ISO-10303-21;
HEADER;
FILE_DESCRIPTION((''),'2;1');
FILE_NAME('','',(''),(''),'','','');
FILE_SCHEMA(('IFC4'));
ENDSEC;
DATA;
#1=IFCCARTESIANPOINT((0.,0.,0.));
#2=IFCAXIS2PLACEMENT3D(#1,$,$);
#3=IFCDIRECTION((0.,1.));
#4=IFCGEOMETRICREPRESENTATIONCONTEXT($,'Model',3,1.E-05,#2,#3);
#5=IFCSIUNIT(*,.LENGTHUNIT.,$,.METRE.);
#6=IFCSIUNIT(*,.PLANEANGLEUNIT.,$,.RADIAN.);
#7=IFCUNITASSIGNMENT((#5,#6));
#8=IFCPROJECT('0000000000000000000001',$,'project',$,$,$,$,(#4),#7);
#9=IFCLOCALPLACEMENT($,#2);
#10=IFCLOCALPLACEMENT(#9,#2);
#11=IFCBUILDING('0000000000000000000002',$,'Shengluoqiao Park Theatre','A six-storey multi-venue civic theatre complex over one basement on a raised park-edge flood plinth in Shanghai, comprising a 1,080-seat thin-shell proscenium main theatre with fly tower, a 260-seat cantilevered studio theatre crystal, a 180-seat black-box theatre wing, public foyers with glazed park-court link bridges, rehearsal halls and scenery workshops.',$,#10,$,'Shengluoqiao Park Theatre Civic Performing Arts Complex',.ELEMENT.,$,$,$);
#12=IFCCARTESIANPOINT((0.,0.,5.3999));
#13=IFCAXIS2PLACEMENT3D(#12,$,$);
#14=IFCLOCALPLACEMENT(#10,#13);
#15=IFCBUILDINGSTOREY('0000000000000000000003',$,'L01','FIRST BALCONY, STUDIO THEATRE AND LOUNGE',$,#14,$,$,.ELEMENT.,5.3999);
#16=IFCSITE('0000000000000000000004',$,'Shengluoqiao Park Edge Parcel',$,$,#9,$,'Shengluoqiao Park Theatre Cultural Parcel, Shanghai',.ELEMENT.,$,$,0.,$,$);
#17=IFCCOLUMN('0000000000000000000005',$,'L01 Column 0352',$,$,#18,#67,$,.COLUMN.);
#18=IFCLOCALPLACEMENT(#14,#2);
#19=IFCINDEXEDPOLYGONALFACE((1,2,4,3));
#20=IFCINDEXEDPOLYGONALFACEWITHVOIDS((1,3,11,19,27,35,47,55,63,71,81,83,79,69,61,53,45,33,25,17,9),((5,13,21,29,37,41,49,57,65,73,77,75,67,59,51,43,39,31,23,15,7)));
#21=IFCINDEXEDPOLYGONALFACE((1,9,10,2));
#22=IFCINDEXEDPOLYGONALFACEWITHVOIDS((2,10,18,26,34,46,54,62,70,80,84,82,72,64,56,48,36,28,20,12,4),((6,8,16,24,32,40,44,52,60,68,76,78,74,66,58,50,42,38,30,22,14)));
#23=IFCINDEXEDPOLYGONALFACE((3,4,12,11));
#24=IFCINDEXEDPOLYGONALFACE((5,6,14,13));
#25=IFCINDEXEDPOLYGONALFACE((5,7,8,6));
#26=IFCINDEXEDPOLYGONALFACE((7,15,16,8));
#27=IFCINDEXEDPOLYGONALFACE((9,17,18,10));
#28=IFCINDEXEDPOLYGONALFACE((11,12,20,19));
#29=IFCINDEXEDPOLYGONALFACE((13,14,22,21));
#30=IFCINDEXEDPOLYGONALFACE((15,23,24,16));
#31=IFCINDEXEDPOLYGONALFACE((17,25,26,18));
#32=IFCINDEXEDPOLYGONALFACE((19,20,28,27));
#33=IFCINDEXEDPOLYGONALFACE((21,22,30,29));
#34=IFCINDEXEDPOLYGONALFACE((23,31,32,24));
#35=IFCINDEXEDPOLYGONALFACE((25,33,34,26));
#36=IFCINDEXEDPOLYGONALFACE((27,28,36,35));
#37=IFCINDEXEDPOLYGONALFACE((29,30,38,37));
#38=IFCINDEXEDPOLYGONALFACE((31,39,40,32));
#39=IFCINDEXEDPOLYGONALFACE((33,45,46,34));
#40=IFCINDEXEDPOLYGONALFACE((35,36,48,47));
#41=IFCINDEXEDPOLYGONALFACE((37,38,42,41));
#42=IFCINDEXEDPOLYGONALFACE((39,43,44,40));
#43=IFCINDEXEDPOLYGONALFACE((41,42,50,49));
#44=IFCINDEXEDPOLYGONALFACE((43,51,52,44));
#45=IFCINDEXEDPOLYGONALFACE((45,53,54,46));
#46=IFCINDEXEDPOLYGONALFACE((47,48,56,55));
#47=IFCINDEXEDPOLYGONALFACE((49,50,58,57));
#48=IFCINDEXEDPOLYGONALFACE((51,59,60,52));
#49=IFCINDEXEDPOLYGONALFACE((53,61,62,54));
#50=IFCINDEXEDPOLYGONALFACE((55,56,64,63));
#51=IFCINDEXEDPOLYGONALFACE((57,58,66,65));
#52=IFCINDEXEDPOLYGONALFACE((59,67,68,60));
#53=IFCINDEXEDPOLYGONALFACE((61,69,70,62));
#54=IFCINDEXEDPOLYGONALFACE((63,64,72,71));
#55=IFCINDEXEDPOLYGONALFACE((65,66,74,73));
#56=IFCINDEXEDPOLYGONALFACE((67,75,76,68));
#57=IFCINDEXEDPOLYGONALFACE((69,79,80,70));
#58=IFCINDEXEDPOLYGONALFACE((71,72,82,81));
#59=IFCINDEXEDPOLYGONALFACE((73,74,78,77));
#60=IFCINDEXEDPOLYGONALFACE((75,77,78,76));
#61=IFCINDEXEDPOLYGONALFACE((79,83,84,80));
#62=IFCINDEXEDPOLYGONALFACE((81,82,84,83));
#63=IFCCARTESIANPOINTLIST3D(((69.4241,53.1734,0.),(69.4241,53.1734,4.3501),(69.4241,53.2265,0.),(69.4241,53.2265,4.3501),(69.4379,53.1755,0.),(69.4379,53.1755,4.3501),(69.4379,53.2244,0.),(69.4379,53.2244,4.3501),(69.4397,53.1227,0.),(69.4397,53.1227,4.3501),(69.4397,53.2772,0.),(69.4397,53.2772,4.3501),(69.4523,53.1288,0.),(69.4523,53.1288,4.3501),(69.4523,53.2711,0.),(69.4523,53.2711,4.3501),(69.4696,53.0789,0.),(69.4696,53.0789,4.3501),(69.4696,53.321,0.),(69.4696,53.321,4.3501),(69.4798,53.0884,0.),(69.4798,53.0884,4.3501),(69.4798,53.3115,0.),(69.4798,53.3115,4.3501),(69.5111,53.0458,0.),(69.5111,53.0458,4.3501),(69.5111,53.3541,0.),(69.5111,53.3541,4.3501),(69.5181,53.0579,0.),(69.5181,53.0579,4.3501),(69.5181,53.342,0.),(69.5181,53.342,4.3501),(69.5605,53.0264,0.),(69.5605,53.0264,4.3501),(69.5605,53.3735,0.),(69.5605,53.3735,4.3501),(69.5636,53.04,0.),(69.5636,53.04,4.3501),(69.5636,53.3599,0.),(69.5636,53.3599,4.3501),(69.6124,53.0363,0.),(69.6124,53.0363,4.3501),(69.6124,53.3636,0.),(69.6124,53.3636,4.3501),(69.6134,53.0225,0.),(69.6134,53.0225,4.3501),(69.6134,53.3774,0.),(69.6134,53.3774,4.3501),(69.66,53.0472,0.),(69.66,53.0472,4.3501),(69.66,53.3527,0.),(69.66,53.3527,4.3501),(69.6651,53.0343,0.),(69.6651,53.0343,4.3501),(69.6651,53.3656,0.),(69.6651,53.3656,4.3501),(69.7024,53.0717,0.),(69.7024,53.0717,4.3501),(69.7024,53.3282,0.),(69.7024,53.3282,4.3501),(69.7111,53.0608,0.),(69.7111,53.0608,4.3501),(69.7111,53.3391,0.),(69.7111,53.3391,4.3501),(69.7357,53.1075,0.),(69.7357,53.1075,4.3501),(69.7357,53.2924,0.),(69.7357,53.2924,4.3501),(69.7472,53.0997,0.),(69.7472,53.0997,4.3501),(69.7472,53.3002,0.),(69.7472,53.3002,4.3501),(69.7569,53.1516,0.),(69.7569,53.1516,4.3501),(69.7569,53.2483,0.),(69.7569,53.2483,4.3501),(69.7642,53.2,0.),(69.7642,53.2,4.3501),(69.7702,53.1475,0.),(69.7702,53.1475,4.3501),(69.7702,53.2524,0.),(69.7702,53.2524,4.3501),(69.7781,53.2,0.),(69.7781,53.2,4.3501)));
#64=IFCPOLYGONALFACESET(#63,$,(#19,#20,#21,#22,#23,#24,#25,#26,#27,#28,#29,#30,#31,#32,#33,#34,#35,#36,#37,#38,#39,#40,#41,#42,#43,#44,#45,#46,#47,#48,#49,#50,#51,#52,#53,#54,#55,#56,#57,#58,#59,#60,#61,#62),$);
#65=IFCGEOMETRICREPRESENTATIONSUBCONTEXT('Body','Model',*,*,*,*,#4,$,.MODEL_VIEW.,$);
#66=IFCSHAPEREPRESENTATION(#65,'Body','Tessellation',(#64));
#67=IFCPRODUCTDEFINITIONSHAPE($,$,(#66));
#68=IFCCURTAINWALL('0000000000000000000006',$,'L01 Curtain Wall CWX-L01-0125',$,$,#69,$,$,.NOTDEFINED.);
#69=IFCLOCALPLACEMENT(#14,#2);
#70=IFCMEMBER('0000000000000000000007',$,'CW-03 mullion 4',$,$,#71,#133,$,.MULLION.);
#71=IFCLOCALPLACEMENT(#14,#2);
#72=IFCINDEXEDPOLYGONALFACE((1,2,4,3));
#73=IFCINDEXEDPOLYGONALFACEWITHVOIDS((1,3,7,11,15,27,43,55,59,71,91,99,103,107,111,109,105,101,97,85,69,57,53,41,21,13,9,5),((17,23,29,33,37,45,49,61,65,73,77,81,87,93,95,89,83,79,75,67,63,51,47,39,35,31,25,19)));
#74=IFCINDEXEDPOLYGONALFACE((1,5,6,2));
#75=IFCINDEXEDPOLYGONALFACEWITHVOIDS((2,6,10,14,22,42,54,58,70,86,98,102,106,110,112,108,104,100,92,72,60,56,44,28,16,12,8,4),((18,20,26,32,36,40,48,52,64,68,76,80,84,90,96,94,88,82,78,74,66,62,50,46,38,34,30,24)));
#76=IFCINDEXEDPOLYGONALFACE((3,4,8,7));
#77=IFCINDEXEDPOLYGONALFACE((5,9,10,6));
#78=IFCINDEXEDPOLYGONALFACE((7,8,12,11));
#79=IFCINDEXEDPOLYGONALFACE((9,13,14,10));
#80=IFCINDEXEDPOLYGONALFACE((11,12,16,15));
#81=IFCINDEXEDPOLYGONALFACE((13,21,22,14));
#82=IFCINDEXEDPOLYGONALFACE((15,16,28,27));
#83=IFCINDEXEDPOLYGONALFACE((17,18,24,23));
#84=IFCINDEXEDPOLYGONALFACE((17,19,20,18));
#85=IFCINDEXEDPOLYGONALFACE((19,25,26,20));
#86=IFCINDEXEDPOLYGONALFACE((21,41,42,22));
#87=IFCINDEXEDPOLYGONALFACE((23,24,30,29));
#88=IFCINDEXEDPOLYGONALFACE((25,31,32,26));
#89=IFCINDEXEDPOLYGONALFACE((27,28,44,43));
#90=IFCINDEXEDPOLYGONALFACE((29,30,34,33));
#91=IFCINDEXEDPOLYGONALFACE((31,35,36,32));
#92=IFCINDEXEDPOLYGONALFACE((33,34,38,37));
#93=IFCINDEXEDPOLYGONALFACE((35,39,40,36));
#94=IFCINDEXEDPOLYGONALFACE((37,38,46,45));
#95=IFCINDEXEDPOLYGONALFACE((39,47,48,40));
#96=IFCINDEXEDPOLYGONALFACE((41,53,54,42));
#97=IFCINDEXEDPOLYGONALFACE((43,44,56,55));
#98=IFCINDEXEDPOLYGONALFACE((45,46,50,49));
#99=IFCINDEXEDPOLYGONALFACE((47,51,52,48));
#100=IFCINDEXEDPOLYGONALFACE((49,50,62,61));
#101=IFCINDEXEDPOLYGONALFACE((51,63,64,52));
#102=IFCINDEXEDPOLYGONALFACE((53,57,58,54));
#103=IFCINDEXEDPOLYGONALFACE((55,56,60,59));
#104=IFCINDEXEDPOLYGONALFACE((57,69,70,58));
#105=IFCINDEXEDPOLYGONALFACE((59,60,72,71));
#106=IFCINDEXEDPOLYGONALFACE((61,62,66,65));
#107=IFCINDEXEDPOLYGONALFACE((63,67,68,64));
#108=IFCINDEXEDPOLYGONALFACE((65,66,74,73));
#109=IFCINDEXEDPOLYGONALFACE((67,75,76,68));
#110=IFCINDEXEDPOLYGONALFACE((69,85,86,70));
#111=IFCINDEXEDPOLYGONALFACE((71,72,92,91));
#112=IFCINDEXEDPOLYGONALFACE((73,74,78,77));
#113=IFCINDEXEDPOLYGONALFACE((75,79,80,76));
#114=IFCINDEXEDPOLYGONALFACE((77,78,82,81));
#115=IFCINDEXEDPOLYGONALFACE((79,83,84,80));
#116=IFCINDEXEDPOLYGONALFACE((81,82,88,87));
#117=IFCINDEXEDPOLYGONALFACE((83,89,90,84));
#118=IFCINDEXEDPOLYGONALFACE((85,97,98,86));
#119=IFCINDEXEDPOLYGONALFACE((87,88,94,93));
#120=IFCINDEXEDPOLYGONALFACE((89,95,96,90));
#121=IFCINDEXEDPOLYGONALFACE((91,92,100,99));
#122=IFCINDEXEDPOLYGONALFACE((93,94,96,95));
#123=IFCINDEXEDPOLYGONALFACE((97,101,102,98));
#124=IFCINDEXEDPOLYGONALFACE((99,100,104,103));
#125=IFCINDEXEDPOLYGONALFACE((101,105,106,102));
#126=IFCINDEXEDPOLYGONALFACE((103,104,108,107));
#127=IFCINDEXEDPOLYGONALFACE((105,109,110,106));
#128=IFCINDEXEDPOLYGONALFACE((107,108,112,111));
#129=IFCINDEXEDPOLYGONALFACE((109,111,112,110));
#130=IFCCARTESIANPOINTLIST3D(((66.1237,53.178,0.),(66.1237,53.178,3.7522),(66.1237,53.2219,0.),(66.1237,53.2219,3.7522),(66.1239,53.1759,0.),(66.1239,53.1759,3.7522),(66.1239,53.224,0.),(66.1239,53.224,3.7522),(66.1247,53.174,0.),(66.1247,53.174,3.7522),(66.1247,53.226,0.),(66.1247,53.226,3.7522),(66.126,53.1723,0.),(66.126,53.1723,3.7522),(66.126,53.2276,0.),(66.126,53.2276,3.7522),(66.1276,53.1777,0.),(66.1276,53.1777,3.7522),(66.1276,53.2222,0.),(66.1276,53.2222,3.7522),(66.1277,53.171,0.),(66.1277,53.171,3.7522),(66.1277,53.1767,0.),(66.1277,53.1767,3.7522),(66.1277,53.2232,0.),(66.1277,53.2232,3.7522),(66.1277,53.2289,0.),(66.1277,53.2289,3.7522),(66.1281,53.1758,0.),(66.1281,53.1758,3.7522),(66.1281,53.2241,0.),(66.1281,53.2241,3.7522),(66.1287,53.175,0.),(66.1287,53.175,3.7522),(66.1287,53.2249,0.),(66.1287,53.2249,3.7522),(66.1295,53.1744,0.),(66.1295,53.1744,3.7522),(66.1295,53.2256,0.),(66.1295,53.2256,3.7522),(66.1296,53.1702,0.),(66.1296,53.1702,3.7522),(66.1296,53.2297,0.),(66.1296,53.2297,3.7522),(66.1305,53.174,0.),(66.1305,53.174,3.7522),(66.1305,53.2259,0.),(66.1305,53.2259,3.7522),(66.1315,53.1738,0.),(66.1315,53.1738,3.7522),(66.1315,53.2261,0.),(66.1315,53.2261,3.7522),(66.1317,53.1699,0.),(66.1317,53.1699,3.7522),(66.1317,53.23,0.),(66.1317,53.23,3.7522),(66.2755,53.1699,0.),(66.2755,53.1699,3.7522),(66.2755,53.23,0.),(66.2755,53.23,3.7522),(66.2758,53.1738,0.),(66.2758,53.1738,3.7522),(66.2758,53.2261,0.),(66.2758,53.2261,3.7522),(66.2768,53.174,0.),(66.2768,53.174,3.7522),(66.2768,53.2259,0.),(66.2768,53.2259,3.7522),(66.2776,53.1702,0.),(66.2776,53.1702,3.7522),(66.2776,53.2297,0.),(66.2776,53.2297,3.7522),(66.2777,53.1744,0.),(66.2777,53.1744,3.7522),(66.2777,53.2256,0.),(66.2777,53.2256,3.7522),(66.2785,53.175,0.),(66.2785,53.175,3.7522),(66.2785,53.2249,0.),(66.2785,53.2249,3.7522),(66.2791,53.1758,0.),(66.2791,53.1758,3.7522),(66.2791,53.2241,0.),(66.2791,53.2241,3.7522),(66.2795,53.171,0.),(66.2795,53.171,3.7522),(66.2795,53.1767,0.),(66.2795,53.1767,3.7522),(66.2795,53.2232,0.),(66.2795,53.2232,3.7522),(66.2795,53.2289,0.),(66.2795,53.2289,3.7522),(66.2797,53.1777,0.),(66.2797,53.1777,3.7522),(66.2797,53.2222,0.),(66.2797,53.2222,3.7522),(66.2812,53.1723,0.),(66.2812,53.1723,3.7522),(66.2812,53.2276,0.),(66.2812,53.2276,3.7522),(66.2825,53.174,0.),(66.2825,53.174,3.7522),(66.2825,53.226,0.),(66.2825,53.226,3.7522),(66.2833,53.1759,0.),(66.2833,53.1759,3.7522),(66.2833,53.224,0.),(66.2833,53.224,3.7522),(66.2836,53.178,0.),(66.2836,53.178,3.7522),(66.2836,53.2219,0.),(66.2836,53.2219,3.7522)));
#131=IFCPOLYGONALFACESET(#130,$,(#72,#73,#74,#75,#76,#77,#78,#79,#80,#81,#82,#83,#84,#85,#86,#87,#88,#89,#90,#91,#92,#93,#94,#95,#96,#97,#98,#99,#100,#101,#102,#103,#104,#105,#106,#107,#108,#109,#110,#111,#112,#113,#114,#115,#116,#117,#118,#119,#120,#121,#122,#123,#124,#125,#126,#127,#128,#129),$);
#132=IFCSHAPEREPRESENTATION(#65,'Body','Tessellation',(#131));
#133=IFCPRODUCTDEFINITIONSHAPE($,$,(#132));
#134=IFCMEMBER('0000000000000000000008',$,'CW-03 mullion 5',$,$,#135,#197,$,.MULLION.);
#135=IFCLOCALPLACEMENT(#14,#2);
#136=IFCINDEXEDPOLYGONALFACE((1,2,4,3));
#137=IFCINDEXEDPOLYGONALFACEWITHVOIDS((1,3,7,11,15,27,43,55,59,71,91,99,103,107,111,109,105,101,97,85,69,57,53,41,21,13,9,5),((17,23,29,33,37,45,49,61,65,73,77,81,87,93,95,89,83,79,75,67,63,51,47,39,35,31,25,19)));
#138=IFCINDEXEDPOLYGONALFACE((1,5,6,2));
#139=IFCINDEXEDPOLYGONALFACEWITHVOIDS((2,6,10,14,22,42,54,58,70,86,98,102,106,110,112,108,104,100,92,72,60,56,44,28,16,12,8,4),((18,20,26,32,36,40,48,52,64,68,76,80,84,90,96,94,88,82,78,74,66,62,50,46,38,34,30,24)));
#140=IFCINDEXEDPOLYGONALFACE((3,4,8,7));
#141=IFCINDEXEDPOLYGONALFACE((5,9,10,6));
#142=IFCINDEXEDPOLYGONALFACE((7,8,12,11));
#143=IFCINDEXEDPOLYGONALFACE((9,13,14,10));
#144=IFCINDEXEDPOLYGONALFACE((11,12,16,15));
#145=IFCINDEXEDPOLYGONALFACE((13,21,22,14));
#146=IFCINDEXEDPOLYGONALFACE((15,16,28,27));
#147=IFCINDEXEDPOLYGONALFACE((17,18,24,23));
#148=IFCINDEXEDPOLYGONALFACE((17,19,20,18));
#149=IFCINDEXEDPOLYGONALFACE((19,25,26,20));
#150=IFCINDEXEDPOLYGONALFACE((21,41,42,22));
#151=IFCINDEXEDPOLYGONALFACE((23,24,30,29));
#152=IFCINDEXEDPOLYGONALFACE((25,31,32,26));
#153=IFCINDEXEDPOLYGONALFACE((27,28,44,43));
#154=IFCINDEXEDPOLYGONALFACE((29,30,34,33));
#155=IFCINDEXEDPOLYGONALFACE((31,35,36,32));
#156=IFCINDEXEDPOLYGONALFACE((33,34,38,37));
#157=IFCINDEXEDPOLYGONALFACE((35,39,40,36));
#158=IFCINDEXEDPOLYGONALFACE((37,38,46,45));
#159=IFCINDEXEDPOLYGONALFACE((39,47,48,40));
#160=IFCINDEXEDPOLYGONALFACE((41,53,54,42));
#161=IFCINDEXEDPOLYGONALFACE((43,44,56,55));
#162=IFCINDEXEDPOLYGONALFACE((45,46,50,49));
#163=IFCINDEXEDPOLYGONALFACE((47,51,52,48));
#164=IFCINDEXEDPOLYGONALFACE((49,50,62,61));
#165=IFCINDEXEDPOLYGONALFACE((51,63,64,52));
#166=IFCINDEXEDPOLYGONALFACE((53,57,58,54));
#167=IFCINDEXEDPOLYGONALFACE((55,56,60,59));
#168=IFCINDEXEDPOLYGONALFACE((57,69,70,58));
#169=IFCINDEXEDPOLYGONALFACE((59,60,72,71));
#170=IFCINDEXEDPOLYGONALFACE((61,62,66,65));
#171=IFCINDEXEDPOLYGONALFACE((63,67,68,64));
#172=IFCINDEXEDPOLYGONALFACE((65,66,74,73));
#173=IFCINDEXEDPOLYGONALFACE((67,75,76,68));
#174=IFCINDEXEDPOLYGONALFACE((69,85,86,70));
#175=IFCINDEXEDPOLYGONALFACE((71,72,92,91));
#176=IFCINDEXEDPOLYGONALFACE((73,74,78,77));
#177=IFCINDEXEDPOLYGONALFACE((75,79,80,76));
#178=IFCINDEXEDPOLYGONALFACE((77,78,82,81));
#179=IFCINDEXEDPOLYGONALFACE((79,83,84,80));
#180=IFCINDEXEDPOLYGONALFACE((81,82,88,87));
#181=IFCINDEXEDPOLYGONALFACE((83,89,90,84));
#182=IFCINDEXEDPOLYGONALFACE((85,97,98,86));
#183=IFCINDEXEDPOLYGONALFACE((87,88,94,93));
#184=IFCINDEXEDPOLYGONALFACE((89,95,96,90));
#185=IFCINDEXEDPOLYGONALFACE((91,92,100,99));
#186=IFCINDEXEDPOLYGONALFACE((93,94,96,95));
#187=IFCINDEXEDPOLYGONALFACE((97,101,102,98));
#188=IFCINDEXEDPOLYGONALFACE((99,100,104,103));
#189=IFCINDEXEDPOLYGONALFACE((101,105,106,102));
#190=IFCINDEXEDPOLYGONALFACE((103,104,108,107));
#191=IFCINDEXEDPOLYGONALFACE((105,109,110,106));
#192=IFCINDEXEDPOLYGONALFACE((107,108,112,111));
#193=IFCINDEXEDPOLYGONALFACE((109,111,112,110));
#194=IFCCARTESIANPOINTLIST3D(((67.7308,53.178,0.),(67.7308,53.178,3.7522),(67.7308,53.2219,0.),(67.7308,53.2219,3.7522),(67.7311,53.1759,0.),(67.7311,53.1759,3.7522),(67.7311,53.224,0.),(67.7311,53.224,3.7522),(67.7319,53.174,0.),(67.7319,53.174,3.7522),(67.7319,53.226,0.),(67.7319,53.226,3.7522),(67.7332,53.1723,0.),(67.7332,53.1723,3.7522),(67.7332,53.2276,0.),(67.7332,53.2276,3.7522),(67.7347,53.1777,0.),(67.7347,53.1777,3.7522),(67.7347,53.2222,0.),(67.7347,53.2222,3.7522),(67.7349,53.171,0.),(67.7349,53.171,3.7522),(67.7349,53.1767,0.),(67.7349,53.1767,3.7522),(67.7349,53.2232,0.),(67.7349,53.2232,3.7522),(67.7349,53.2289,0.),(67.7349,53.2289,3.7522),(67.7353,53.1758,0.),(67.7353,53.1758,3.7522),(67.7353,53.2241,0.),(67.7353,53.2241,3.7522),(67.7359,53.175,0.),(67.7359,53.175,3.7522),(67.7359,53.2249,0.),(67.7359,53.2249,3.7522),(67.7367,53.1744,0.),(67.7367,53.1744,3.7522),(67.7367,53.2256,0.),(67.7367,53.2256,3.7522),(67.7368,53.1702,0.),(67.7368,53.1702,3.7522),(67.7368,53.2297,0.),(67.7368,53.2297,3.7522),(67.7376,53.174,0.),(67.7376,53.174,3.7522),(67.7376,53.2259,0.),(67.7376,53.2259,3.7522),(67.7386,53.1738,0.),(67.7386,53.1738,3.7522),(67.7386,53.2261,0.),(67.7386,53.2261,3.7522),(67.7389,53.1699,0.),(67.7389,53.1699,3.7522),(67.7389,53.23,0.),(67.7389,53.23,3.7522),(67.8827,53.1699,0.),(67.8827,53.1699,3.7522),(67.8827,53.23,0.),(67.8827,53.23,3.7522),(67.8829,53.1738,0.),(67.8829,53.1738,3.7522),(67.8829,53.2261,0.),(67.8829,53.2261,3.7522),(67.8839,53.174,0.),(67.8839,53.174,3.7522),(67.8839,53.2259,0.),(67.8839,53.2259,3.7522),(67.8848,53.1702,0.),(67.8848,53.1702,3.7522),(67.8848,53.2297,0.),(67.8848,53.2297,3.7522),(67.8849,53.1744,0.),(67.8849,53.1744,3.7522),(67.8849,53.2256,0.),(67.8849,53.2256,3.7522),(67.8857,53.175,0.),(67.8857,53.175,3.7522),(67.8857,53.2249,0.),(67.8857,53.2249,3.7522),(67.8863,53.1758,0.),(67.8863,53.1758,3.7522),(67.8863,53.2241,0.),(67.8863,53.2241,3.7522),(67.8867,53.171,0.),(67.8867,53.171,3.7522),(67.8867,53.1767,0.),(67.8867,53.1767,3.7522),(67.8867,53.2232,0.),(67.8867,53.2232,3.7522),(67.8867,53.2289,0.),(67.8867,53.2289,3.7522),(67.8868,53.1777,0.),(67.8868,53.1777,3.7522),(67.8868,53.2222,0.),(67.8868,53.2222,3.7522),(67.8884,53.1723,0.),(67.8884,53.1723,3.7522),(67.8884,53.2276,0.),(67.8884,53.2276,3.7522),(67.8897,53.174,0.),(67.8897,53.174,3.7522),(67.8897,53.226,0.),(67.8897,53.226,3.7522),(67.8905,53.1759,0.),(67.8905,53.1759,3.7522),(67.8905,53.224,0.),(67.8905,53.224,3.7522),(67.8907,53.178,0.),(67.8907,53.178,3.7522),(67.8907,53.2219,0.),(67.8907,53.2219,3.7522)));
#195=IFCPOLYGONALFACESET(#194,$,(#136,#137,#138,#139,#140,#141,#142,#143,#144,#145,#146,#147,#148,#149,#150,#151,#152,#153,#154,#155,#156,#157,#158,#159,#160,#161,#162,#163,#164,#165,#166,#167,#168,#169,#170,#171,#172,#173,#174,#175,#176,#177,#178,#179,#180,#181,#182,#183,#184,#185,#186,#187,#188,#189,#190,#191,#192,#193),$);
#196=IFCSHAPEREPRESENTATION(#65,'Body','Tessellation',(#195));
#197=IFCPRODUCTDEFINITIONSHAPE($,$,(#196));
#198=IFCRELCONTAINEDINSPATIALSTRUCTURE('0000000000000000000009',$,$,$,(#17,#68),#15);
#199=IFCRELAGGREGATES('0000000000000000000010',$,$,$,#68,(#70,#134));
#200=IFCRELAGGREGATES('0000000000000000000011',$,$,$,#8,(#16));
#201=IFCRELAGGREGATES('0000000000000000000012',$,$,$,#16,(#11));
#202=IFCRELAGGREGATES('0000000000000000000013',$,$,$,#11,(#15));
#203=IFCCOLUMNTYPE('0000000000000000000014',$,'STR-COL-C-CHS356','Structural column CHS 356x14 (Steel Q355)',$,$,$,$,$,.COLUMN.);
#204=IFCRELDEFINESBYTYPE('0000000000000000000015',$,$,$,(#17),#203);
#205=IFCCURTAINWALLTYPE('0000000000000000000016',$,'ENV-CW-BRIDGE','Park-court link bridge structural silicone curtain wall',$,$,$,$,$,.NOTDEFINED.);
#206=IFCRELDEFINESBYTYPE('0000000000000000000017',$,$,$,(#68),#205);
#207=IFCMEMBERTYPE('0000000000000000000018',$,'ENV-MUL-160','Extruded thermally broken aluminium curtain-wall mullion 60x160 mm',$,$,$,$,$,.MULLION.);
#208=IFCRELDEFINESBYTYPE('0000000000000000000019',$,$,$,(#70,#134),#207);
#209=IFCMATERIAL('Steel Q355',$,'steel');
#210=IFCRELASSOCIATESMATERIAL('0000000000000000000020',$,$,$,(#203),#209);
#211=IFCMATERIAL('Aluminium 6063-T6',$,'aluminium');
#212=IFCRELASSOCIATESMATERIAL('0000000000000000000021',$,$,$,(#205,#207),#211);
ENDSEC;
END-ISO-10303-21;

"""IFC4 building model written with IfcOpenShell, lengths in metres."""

from ifc_helpers import new_model, si_unit, direction, frame, origin, origin_2d, place, context, subcontext, project, spatial, hollow_rectangle, hollow_circle, extrude, material, material_profile, profile_set, type_object, element, aggregate, save


model = new_model("IFC4")

# Units and contexts
model_context = context("Model", 3, precision=1e-05, world=origin(), true_north=direction((0.0, 1.0)))
body_context = subcontext(model_context, "Body", "Model", "MODEL_VIEW")
ifc_project = project(units=[si_unit("LENGTHUNIT", "METRE"), si_unit("PLANEANGLEUNIT", "RADIAN")], contexts=[model_context])

# Site, building, storey
site_placement = place(None, origin())
site = spatial("IfcSite", under=ifc_project, at=site_placement, Name="Shengluoqiao Park Edge Parcel", LongName="Shengluoqiao Park Theatre Cultural Parcel, Shanghai", CompositionType="ELEMENT", RefElevation=0.0)
building_placement = place(site_placement, origin())
building = spatial("IfcBuilding", under=site, at=building_placement, Name="Shengluoqiao Park Theatre", Description="A six-storey multi-venue civic theatre complex over one basement on a raised park-edge flood plinth in Shanghai, comprising a 1,080-seat thin-shell proscenium main theatre with fly tower, a 260-seat cantilevered studio theatre crystal, a 180-seat black-box theatre wing, public foyers with glazed park-court link bridges, rehearsal halls and scenery workshops.", LongName="Shengluoqiao Park Theatre Civic Performing Arts Complex", CompositionType="ELEMENT")
storey_placement = place(building_placement, frame((0.0, 0.0, 5.3999)))
storey = spatial("IfcBuildingStorey", under=building, at=storey_placement, Name="L01", Description="FIRST BALCONY, STUDIO THEATRE AND LOUNGE", CompositionType="ELEMENT", Elevation=5.3999)

# Column
ifc_material_1 = material(Name="Steel Q355", Category="steel")
ifc_material_profile_1 = material_profile(ifc_material_1, hollow_circle(Radius=0.178, WallThickness=0.0139, at=origin_2d()), Name="CHS 356x14")
ifc_profile_set_1 = profile_set([ifc_material_profile_1], Name="Steel Q355")
column_type = type_object("IfcColumnType", Name="STR-COL-C-CHS356", Description="Structural column CHS 356x14 (Steel Q355)", PredefinedType="COLUMN", material=ifc_profile_set_1)
column_placement = place(storey_placement, frame((69.6001, 53.2, 0.0), z_axis=(0.0, 0.0, 1.0), x_axis=(1.0, 0.0, 0.0)))
element("IfcColumn", 1, at=column_placement, inside=storey, type_object=column_type, Name="L01 Column 0352", PredefinedType="COLUMN", context=body_context, shape_type="SweptSolid", body=[
    extrude(hollow_circle(Radius=0.178, WallThickness=0.0139, at=origin_2d()), origin(), (0.0, 0.0, 1.0), 4.3501),
])

# Curtain wall, members
ifc_material_2 = material(Name="Aluminium 6063-T6", Category="aluminium")
curtain_wall_type = type_object("IfcCurtainWallType", Name="ENV-CW-BRIDGE", Description="Park-court link bridge structural silicone curtain wall", PredefinedType="NOTDEFINED", material=ifc_material_2)
curtain_wall_1_placement = place(storey_placement, origin())
curtain_wall_1 = element("IfcCurtainWall", 2, at=curtain_wall_1_placement, inside=storey, type_object=curtain_wall_type, Name="L01 Curtain Wall CWX-L01-0125", PredefinedType="NOTDEFINED")
ifc_material_profile_2 = material_profile(ifc_material_2, hollow_rectangle(XDim=0.0601, YDim=0.1599, WallThickness=0.0039, InnerFilletRadius=0.0039, OuterFilletRadius=0.0081, at=origin_2d()), Name="ALU MULLION 160x60x4")
ifc_profile_set_2 = profile_set([ifc_material_profile_2], Name="Aluminium 6063-T6")
member_type_1 = type_object("IfcMemberType", Name="ENV-MUL-160", Description="Extruded thermally broken aluminium curtain-wall mullion 60x160 mm", PredefinedType="MULLION", material=ifc_profile_set_2)
member_1_placement = place(storey_placement, frame((66.2036, 53.2, 0.0), z_axis=(0.0, 0.0, 1.0), x_axis=(0.0, 1.0, 0.0)))
member_1 = element("IfcMember", 3, at=member_1_placement, type_object=member_type_1, Name="CW-03 mullion 4", PredefinedType="MULLION", context=body_context, shape_type="SweptSolid", body=[
    extrude(hollow_rectangle(XDim=0.0601, YDim=0.1599, WallThickness=0.0039, InnerFilletRadius=0.0039, OuterFilletRadius=0.0081, at=origin_2d()), origin(), (0.0, 0.0, 1.0), 3.7522),
])
member_2_placement = place(storey_placement, frame((67.8108, 53.2, 0.0), z_axis=(0.0, 0.0, 1.0), x_axis=(0.0, 1.0, 0.0)))
member_2 = element("IfcMember", 4, at=member_2_placement, type_object=member_type_1, Name="CW-03 mullion 5", PredefinedType="MULLION", context=body_context, shape_type="SweptSolid", body=[
    extrude(hollow_rectangle(XDim=0.0601, YDim=0.1599, WallThickness=0.0039, InnerFilletRadius=0.0039, OuterFilletRadius=0.0081, at=origin_2d()), origin(), (0.0, 0.0, 1.0), 3.7522),
])

aggregate(curtain_wall_1, [member_1, member_2])

save(model, "model.ifc")
